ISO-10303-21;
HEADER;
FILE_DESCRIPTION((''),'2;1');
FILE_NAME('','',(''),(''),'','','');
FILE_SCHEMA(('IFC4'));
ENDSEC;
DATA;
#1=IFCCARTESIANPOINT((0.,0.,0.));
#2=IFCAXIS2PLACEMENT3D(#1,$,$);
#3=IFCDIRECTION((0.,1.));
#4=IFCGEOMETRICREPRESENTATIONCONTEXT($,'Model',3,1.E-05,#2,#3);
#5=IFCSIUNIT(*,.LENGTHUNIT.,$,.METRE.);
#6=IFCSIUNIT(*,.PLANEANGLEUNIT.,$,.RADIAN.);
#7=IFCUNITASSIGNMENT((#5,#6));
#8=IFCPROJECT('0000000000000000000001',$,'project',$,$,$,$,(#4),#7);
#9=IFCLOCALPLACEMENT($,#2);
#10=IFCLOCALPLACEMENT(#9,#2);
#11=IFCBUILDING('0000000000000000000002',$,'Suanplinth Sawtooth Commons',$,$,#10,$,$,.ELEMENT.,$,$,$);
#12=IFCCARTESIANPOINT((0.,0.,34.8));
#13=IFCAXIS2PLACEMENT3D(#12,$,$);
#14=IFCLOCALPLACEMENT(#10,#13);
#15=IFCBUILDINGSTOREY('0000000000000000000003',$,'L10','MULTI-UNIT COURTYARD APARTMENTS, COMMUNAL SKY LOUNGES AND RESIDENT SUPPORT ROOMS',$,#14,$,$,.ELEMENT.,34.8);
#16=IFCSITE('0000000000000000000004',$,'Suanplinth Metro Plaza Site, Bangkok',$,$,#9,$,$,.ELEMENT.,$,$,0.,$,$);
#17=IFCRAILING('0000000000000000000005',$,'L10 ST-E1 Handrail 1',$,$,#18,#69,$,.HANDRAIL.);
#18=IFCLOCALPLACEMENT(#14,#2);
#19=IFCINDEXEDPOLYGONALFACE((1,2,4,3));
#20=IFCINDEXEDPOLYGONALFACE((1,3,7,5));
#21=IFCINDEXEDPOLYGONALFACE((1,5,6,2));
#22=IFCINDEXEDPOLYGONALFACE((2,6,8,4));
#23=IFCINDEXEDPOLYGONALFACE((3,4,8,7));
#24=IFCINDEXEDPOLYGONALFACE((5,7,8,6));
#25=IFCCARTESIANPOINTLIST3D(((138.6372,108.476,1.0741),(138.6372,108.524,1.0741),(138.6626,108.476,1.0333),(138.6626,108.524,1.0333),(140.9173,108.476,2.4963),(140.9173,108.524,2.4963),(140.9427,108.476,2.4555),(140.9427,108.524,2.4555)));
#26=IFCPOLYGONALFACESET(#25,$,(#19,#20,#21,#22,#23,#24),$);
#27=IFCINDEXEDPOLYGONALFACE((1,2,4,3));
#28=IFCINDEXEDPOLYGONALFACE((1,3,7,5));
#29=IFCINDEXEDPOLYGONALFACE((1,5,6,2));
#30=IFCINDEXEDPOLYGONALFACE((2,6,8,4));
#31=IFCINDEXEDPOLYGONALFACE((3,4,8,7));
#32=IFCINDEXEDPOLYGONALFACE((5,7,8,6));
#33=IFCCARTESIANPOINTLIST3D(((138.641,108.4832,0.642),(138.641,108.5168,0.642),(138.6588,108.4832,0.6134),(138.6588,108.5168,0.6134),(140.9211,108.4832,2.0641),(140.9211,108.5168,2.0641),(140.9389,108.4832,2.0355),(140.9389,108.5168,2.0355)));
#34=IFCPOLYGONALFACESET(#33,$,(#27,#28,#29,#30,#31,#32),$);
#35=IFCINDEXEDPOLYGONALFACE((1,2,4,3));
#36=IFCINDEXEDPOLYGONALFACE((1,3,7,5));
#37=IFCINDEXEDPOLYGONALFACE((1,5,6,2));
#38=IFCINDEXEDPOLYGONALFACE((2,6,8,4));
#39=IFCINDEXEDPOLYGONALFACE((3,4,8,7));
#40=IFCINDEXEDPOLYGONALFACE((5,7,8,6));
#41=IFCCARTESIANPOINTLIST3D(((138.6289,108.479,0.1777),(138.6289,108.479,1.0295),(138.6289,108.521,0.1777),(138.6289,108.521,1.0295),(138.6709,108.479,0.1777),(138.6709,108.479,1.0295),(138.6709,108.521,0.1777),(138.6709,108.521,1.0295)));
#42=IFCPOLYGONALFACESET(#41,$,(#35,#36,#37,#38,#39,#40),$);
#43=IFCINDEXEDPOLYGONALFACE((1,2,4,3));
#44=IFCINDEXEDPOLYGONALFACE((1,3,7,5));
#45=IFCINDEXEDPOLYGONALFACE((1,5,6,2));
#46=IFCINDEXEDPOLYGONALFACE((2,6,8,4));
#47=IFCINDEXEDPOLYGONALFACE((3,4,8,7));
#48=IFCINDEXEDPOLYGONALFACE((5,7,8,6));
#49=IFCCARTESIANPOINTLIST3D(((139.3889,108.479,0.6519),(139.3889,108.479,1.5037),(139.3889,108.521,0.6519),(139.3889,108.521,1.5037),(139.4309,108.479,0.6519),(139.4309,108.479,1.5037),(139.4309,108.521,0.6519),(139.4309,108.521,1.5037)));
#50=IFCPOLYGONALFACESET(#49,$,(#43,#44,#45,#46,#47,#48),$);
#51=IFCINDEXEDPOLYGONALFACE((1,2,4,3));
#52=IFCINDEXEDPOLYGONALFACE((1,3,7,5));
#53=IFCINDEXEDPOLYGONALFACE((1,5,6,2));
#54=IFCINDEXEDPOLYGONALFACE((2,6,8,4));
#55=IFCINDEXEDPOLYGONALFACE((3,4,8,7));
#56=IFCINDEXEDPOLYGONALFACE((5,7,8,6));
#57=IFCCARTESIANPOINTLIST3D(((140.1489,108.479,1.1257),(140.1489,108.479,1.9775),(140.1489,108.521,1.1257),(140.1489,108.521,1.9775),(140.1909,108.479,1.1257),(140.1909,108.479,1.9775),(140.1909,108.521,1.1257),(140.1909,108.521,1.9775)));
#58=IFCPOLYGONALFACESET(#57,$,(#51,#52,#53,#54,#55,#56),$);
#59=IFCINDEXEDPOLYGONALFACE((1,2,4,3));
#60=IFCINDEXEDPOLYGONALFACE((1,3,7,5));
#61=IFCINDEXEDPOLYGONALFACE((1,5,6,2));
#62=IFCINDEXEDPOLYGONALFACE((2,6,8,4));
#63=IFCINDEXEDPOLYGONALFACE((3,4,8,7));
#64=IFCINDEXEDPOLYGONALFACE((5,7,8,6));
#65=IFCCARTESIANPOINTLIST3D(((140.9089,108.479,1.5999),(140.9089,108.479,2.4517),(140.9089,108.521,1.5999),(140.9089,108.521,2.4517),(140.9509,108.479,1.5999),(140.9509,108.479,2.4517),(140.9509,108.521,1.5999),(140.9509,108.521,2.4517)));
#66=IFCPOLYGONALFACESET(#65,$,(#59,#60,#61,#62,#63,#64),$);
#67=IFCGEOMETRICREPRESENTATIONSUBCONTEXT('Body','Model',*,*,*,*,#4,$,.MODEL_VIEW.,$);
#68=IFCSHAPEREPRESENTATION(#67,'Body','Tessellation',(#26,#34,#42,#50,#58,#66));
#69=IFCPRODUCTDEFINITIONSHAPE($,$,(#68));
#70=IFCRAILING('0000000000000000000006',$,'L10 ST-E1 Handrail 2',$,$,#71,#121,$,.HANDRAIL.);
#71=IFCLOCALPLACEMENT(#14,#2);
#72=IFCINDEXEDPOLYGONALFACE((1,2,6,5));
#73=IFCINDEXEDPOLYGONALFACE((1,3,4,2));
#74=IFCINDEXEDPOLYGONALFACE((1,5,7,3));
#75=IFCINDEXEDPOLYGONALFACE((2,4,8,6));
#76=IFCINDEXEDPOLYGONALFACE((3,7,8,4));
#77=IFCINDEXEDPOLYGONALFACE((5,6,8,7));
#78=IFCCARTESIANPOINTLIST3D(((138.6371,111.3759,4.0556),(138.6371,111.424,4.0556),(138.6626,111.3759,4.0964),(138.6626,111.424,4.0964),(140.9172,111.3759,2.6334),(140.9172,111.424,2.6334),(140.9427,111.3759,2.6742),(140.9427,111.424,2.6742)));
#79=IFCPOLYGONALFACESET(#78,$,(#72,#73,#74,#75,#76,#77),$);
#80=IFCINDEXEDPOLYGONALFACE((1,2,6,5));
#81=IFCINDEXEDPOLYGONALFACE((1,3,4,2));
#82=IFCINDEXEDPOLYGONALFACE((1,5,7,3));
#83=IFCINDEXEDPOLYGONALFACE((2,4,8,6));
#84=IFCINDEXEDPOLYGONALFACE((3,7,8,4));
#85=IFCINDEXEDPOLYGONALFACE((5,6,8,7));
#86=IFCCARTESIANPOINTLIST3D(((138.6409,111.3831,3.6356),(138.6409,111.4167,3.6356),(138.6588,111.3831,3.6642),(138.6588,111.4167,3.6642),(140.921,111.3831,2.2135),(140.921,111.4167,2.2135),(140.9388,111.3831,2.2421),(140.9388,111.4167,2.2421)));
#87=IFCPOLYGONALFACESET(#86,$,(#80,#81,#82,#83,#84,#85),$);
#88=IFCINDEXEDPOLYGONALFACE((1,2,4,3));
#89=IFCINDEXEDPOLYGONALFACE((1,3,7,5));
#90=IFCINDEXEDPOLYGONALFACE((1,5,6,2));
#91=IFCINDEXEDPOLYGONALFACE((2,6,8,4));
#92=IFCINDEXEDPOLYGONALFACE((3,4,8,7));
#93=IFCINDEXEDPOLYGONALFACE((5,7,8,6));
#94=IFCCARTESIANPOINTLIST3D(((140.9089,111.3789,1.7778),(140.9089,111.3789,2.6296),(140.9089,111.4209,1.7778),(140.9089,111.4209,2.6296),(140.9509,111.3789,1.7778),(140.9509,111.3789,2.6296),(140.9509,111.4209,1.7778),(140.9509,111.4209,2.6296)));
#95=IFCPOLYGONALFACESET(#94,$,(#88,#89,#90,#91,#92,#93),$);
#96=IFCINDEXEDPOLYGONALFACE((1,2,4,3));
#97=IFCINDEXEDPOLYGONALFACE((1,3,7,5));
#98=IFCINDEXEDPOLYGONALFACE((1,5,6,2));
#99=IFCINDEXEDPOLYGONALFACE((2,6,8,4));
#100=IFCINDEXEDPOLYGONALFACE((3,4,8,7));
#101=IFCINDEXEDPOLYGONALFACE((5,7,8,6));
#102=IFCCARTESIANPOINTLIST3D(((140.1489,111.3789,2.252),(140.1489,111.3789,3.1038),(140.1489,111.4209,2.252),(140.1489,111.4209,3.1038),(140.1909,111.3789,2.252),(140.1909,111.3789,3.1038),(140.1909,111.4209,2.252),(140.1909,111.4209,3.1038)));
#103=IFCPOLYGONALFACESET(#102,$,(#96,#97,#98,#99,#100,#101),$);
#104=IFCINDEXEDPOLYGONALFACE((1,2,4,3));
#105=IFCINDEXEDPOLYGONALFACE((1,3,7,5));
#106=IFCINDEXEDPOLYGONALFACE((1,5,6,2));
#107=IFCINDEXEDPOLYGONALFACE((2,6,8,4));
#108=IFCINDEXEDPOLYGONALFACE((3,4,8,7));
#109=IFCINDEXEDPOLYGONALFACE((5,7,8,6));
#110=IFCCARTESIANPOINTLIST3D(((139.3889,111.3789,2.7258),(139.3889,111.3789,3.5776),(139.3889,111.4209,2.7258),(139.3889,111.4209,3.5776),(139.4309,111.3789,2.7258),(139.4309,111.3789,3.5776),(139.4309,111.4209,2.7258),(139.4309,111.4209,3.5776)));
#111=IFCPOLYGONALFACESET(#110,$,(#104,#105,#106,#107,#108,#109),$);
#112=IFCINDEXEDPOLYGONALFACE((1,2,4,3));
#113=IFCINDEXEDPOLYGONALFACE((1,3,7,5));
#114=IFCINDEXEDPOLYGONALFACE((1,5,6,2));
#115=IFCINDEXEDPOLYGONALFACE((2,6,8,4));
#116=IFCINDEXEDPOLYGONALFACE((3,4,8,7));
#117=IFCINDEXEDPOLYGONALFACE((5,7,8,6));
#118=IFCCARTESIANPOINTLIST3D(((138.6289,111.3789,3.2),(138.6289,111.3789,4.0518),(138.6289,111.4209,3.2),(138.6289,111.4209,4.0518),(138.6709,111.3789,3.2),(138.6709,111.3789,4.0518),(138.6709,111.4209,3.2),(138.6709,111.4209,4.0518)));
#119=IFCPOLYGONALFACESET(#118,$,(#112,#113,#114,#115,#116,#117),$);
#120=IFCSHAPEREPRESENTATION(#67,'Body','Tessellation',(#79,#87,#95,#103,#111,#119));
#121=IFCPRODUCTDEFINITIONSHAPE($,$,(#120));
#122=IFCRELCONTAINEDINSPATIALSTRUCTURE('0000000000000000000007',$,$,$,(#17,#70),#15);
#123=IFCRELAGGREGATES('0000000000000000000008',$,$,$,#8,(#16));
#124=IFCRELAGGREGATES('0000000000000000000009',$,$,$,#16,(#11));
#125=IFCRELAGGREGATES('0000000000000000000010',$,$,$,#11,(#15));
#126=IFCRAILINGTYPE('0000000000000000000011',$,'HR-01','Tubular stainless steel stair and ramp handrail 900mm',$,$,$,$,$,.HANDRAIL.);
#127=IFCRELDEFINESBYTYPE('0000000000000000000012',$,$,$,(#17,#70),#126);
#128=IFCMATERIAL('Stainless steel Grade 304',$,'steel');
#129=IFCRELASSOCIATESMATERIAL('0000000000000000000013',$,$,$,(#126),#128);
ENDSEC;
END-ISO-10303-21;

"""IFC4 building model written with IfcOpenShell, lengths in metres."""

from ifc_helpers import new_model, si_unit, direction, frame, origin, origin_2d, place, context, subcontext, project, spatial, rectangle, extrude, material, type_object, element, save


model = new_model("IFC4")

# Units and contexts
model_context = context("Model", 3, precision=1e-05, world=origin(), true_north=direction((0.0, 1.0)))
body_context = subcontext(model_context, "Body", "Model", "MODEL_VIEW")
ifc_project = project(units=[si_unit("LENGTHUNIT", "METRE"), si_unit("PLANEANGLEUNIT", "RADIAN")], contexts=[model_context])

# Site, building, storey
site_placement = place(None, origin())
site = spatial("IfcSite", under=ifc_project, at=site_placement, Name="Suanplinth Metro Plaza Site, Bangkok", CompositionType="ELEMENT", RefElevation=0.0)
building_placement = place(site_placement, origin())
building = spatial("IfcBuilding", under=site, at=building_placement, Name="Suanplinth Sawtooth Commons", CompositionType="ELEMENT")
storey_placement = place(building_placement, frame((0.0, 0.0, 34.8)))
storey = spatial("IfcBuildingStorey", under=building, at=storey_placement, Name="L10", Description="MULTI-UNIT COURTYARD APARTMENTS, COMMUNAL SKY LOUNGES AND RESIDENT SUPPORT ROOMS", CompositionType="ELEMENT", Elevation=34.8)

# Shared definitions
ifc_material_1 = material(Name="Stainless steel Grade 304", Category="steel")

# Railings
railing_type_1 = type_object("IfcRailingType", Name="HR-01", Description="Tubular stainless steel stair and ramp handrail 900mm", PredefinedType="HANDRAIL", material=ifc_material_1)
railing_1_placement = place(storey_placement, frame((138.6499, 108.5, 0.1777)))
element("IfcRailing", 1, at=railing_1_placement, inside=storey, type_object=railing_type_1, Name="L10 ST-E1 Handrail 1", PredefinedType="HANDRAIL", context=body_context, shape_type="SweptSolid", body=[
    extrude(rectangle(XDim=0.0481, YDim=0.0481, at=origin_2d()), frame((0.0, 0.0, 0.876), z_axis=(0.848483, 0.0, 0.529223), x_axis=(0.0, 1.0, 0.0)), (0.0, 0.0, 1.0), 2.6873),
    extrude(rectangle(XDim=0.0337, YDim=0.0337, at=origin_2d()), frame((0.0, 0.0, 0.45), z_axis=(0.848483, 0.0, 0.529223), x_axis=(0.0, 1.0, 0.0)), (0.0, 0.0, 1.0), 2.6873),
    extrude(rectangle(XDim=0.042, YDim=0.042, at=origin_2d()), origin(), (0.0, 0.0, 1.0), 0.8518),
    extrude(rectangle(XDim=0.042, YDim=0.042, at=origin_2d()), frame((0.76, 0.0, 0.4741)), (0.0, 0.0, 1.0), 0.8518),
    extrude(rectangle(XDim=0.042, YDim=0.042, at=origin_2d()), frame((1.52, 0.0, 0.948)), (0.0, 0.0, 1.0), 0.8518),
    extrude(rectangle(XDim=0.042, YDim=0.042, at=origin_2d()), frame((2.28, 0.0, 1.4221)), (0.0, 0.0, 1.0), 0.8518),
])
railing_2_placement = place(storey_placement, frame((140.9299, 111.3999, 1.7778)))
element("IfcRailing", 2, at=railing_2_placement, inside=storey, type_object=railing_type_1, Name="L10 ST-E1 Handrail 2", PredefinedType="HANDRAIL", context=body_context, shape_type="SweptSolid", body=[
    extrude(rectangle(XDim=0.0481, YDim=0.0481, at=origin_2d()), frame((0.0, 0.0, 0.876), z_axis=(-0.848483, 0.0, 0.529223), x_axis=(0.0, -1.0, 0.0)), (0.0, 0.0, 1.0), 2.6873),
    extrude(rectangle(XDim=0.0337, YDim=0.0337, at=origin_2d()), frame((0.0, 0.0, 0.45), z_axis=(-0.848483, 0.0, 0.529223), x_axis=(0.0, -1.0, 0.0)), (0.0, 0.0, 1.0), 2.6873),
    extrude(rectangle(XDim=0.042, YDim=0.042, at=origin_2d()), origin(), (0.0, 0.0, 1.0), 0.8518),
    extrude(rectangle(XDim=0.042, YDim=0.042, at=origin_2d()), frame((-0.76, 0.0, 0.4741)), (0.0, 0.0, 1.0), 0.8518),
    extrude(rectangle(XDim=0.042, YDim=0.042, at=origin_2d()), frame((-1.52, 0.0, 0.948)), (0.0, 0.0, 1.0), 0.8518),
    extrude(rectangle(XDim=0.042, YDim=0.042, at=origin_2d()), frame((-2.28, 0.0, 1.4221)), (0.0, 0.0, 1.0), 0.8518),
])

save(model, "model.ifc")
